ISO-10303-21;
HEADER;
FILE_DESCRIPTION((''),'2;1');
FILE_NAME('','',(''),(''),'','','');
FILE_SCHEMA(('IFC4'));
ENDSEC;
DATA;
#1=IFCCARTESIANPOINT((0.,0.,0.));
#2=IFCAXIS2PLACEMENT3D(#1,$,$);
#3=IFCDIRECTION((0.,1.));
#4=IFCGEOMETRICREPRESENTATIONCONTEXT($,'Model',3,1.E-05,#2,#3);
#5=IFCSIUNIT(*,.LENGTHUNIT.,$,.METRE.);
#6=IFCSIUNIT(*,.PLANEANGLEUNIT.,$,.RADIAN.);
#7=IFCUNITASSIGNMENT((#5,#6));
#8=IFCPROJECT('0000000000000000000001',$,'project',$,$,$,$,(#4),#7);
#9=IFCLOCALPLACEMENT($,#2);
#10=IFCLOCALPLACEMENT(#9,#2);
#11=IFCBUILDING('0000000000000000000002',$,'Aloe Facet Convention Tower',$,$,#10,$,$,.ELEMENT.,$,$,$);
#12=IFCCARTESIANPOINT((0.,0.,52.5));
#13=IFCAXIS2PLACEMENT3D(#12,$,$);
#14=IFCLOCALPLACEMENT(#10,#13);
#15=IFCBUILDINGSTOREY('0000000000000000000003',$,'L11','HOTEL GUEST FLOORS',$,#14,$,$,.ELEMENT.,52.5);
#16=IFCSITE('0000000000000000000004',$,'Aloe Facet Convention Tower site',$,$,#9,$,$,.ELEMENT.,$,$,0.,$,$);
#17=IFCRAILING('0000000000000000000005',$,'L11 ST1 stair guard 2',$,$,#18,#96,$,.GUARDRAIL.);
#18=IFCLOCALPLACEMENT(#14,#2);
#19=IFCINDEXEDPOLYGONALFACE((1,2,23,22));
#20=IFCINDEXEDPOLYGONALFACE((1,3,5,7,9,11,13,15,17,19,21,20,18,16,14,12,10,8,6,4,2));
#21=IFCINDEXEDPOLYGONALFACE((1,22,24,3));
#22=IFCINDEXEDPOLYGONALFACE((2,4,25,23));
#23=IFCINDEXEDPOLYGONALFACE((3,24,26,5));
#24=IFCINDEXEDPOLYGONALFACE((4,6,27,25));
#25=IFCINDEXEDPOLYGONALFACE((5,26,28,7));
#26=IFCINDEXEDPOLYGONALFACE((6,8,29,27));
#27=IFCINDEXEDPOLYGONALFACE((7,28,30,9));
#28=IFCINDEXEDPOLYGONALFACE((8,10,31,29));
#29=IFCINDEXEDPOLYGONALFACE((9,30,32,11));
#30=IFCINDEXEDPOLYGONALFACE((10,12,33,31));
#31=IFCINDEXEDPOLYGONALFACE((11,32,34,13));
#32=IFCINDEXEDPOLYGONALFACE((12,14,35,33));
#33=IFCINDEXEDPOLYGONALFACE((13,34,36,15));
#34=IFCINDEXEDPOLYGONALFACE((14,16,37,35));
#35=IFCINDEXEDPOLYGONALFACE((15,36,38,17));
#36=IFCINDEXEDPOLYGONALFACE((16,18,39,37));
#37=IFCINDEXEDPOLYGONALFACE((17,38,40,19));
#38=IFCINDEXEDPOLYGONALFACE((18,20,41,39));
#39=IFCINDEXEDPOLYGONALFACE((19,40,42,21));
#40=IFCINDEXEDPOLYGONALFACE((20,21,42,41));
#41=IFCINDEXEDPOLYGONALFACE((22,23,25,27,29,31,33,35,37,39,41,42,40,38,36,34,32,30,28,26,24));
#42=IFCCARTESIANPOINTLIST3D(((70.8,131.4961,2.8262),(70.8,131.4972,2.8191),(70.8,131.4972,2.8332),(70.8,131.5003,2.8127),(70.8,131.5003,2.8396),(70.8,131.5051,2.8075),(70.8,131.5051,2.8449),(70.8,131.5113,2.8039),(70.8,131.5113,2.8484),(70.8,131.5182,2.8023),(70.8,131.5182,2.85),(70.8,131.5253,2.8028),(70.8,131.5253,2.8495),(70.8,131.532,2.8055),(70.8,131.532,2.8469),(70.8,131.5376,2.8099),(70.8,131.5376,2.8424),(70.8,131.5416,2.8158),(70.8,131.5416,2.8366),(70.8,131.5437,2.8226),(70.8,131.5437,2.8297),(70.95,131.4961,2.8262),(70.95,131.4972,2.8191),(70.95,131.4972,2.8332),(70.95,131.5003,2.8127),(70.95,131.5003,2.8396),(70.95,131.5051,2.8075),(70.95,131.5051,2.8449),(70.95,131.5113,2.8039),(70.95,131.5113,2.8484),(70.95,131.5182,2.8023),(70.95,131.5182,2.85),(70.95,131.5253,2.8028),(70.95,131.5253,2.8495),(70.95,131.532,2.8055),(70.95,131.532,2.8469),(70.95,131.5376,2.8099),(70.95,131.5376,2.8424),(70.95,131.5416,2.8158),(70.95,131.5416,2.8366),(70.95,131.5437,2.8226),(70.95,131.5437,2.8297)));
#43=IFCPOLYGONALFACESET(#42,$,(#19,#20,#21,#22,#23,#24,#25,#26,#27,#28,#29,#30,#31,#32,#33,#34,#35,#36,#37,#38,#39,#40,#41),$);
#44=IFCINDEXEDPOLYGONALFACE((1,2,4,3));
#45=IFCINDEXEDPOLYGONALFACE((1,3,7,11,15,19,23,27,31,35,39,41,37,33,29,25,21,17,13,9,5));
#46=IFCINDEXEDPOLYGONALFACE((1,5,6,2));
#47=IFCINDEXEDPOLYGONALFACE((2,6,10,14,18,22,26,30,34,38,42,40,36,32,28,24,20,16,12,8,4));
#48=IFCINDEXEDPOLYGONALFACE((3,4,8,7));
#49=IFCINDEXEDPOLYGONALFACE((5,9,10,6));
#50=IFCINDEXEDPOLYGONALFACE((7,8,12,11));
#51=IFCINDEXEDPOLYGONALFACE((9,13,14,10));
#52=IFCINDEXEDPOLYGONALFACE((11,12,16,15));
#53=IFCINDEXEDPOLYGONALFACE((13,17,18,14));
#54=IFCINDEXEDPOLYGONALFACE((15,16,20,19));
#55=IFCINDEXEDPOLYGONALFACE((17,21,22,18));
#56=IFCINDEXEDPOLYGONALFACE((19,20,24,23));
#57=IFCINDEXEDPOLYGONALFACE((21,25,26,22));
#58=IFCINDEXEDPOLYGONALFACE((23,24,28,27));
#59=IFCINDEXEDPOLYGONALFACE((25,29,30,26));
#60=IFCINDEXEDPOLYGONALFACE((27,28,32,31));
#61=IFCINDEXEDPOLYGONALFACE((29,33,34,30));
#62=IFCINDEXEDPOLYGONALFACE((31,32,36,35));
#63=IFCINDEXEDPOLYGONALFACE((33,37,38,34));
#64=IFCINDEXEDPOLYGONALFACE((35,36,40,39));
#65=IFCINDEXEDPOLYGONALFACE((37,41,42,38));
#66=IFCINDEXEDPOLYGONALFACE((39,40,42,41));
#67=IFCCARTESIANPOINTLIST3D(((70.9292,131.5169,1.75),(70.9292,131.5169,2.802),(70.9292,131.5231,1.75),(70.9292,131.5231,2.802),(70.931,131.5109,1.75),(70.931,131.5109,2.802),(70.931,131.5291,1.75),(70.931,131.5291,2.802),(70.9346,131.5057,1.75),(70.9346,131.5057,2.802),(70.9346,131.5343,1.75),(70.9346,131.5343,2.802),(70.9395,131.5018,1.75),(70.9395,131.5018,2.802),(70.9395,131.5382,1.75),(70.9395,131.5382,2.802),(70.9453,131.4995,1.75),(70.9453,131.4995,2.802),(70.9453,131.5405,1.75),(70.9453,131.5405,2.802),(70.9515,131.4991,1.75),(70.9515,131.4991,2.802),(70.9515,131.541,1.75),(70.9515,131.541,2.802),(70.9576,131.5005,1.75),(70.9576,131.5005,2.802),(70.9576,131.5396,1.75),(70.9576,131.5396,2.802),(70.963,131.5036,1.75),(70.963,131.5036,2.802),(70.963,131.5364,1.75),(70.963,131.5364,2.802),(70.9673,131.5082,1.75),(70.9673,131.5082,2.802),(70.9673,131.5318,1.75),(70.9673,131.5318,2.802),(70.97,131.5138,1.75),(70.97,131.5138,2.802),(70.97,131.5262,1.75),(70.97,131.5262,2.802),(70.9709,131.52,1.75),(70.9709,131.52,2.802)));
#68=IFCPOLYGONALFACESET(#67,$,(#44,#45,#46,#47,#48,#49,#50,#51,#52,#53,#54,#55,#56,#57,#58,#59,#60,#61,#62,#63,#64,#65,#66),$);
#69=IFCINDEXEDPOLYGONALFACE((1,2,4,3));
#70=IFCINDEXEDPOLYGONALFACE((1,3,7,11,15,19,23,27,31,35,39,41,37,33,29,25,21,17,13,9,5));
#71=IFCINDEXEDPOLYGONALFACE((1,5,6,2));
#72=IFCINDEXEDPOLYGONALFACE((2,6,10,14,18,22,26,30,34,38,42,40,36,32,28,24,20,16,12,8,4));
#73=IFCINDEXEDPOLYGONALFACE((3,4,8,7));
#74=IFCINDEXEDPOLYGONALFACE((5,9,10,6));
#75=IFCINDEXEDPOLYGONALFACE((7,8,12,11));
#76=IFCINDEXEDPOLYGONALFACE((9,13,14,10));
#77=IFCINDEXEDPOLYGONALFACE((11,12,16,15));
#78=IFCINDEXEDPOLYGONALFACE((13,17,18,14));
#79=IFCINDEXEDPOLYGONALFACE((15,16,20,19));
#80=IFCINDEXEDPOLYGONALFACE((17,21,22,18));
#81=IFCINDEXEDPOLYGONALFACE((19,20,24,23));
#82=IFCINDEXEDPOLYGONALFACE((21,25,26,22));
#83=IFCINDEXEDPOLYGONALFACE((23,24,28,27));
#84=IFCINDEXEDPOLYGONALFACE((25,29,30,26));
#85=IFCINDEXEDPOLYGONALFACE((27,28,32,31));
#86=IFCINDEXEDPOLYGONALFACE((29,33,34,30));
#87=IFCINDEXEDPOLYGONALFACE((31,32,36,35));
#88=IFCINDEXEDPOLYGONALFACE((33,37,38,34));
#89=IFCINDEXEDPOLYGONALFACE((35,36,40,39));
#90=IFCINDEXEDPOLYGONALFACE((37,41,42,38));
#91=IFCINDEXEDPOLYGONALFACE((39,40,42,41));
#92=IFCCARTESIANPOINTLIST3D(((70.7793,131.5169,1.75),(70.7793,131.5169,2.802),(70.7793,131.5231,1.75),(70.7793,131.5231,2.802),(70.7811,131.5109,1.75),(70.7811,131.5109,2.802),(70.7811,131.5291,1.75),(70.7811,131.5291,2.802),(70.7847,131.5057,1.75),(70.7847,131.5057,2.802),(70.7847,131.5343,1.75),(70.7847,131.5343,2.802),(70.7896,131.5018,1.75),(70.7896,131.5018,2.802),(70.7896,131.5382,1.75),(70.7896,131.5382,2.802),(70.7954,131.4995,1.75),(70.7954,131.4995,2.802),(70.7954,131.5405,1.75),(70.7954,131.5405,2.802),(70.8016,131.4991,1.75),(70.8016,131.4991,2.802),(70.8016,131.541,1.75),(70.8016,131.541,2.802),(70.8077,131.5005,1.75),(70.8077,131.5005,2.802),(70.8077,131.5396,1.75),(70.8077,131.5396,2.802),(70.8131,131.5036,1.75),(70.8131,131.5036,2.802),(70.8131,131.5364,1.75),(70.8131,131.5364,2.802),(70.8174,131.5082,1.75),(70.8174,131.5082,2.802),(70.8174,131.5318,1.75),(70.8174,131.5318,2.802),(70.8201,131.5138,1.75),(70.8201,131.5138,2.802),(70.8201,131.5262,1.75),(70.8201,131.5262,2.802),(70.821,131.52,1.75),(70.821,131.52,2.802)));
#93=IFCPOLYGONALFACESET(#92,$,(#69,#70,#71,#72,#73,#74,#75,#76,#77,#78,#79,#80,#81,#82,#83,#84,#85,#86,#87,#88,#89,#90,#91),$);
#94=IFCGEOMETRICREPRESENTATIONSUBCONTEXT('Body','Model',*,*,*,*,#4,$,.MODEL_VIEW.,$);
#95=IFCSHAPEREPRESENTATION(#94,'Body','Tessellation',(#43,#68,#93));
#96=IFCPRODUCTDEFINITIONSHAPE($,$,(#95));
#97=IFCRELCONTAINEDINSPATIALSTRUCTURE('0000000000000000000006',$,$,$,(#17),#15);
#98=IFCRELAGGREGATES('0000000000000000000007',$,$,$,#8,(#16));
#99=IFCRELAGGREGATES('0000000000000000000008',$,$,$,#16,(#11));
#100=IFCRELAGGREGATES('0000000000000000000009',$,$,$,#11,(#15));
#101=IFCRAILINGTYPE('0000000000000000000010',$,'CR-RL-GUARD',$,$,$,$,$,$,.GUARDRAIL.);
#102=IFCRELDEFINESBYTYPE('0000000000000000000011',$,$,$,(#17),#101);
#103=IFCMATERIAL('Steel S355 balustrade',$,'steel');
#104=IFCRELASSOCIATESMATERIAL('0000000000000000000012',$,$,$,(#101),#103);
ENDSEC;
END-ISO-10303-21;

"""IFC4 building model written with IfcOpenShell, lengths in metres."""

from ifc_helpers import new_model, si_unit, direction, frame, origin, origin_2d, place, context, subcontext, project, spatial, circle, extrude, material, type_object, element, save


model = new_model("IFC4")

# Units and contexts
model_context = context("Model", 3, precision=1e-05, world=origin(), true_north=direction((0.0, 1.0)))
body_context = subcontext(model_context, "Body", "Model", "MODEL_VIEW")
ifc_project = project(units=[si_unit("LENGTHUNIT", "METRE"), si_unit("PLANEANGLEUNIT", "RADIAN")], contexts=[model_context])

# Site, building, storey
site_placement = place(None, origin())
site = spatial("IfcSite", under=ifc_project, at=site_placement, Name="Aloe Facet Convention Tower site", CompositionType="ELEMENT", RefElevation=0.0)
building_placement = place(site_placement, origin())
building = spatial("IfcBuilding", under=site, at=building_placement, Name="Aloe Facet Convention Tower", CompositionType="ELEMENT")
storey_placement = place(building_placement, frame((0.0, 0.0, 52.5)))
storey = spatial("IfcBuildingStorey", under=building, at=storey_placement, Name="L11", Description="HOTEL GUEST FLOORS", CompositionType="ELEMENT", Elevation=52.5)

# Railing
ifc_material_1 = material(Name="Steel S355 balustrade", Category="steel")
railing_type_1 = type_object("IfcRailingType", Name="CR-RL-GUARD", PredefinedType="GUARDRAIL", material=ifc_material_1)
railing_1_placement = place(storey_placement, frame((70.95, 131.52, 1.75)))
element("IfcRailing", 1, at=railing_1_placement, inside=storey, type_object=railing_type_1, Name="L11 ST1 stair guard 2", PredefinedType="GUARDRAIL", context=body_context, shape_type="SweptSolid", body=[
    extrude(circle(Radius=0.0239, at=origin_2d()), frame((0.0, 0.0, 1.0762), z_axis=(-1.0, 0.0, 0.0), x_axis=(0.0, -1.0, 0.0)), (0.0, 0.0, 1.0), 0.1499),
    extrude(circle(Radius=0.021, at=origin_2d()), origin(), (0.0, 0.0, 1.0), 1.052),
    extrude(circle(Radius=0.021, at=origin_2d()), frame((-0.1499, 0.0, 0.0)), (0.0, 0.0, 1.0), 1.052),
])

save(model, "model.ifc")
